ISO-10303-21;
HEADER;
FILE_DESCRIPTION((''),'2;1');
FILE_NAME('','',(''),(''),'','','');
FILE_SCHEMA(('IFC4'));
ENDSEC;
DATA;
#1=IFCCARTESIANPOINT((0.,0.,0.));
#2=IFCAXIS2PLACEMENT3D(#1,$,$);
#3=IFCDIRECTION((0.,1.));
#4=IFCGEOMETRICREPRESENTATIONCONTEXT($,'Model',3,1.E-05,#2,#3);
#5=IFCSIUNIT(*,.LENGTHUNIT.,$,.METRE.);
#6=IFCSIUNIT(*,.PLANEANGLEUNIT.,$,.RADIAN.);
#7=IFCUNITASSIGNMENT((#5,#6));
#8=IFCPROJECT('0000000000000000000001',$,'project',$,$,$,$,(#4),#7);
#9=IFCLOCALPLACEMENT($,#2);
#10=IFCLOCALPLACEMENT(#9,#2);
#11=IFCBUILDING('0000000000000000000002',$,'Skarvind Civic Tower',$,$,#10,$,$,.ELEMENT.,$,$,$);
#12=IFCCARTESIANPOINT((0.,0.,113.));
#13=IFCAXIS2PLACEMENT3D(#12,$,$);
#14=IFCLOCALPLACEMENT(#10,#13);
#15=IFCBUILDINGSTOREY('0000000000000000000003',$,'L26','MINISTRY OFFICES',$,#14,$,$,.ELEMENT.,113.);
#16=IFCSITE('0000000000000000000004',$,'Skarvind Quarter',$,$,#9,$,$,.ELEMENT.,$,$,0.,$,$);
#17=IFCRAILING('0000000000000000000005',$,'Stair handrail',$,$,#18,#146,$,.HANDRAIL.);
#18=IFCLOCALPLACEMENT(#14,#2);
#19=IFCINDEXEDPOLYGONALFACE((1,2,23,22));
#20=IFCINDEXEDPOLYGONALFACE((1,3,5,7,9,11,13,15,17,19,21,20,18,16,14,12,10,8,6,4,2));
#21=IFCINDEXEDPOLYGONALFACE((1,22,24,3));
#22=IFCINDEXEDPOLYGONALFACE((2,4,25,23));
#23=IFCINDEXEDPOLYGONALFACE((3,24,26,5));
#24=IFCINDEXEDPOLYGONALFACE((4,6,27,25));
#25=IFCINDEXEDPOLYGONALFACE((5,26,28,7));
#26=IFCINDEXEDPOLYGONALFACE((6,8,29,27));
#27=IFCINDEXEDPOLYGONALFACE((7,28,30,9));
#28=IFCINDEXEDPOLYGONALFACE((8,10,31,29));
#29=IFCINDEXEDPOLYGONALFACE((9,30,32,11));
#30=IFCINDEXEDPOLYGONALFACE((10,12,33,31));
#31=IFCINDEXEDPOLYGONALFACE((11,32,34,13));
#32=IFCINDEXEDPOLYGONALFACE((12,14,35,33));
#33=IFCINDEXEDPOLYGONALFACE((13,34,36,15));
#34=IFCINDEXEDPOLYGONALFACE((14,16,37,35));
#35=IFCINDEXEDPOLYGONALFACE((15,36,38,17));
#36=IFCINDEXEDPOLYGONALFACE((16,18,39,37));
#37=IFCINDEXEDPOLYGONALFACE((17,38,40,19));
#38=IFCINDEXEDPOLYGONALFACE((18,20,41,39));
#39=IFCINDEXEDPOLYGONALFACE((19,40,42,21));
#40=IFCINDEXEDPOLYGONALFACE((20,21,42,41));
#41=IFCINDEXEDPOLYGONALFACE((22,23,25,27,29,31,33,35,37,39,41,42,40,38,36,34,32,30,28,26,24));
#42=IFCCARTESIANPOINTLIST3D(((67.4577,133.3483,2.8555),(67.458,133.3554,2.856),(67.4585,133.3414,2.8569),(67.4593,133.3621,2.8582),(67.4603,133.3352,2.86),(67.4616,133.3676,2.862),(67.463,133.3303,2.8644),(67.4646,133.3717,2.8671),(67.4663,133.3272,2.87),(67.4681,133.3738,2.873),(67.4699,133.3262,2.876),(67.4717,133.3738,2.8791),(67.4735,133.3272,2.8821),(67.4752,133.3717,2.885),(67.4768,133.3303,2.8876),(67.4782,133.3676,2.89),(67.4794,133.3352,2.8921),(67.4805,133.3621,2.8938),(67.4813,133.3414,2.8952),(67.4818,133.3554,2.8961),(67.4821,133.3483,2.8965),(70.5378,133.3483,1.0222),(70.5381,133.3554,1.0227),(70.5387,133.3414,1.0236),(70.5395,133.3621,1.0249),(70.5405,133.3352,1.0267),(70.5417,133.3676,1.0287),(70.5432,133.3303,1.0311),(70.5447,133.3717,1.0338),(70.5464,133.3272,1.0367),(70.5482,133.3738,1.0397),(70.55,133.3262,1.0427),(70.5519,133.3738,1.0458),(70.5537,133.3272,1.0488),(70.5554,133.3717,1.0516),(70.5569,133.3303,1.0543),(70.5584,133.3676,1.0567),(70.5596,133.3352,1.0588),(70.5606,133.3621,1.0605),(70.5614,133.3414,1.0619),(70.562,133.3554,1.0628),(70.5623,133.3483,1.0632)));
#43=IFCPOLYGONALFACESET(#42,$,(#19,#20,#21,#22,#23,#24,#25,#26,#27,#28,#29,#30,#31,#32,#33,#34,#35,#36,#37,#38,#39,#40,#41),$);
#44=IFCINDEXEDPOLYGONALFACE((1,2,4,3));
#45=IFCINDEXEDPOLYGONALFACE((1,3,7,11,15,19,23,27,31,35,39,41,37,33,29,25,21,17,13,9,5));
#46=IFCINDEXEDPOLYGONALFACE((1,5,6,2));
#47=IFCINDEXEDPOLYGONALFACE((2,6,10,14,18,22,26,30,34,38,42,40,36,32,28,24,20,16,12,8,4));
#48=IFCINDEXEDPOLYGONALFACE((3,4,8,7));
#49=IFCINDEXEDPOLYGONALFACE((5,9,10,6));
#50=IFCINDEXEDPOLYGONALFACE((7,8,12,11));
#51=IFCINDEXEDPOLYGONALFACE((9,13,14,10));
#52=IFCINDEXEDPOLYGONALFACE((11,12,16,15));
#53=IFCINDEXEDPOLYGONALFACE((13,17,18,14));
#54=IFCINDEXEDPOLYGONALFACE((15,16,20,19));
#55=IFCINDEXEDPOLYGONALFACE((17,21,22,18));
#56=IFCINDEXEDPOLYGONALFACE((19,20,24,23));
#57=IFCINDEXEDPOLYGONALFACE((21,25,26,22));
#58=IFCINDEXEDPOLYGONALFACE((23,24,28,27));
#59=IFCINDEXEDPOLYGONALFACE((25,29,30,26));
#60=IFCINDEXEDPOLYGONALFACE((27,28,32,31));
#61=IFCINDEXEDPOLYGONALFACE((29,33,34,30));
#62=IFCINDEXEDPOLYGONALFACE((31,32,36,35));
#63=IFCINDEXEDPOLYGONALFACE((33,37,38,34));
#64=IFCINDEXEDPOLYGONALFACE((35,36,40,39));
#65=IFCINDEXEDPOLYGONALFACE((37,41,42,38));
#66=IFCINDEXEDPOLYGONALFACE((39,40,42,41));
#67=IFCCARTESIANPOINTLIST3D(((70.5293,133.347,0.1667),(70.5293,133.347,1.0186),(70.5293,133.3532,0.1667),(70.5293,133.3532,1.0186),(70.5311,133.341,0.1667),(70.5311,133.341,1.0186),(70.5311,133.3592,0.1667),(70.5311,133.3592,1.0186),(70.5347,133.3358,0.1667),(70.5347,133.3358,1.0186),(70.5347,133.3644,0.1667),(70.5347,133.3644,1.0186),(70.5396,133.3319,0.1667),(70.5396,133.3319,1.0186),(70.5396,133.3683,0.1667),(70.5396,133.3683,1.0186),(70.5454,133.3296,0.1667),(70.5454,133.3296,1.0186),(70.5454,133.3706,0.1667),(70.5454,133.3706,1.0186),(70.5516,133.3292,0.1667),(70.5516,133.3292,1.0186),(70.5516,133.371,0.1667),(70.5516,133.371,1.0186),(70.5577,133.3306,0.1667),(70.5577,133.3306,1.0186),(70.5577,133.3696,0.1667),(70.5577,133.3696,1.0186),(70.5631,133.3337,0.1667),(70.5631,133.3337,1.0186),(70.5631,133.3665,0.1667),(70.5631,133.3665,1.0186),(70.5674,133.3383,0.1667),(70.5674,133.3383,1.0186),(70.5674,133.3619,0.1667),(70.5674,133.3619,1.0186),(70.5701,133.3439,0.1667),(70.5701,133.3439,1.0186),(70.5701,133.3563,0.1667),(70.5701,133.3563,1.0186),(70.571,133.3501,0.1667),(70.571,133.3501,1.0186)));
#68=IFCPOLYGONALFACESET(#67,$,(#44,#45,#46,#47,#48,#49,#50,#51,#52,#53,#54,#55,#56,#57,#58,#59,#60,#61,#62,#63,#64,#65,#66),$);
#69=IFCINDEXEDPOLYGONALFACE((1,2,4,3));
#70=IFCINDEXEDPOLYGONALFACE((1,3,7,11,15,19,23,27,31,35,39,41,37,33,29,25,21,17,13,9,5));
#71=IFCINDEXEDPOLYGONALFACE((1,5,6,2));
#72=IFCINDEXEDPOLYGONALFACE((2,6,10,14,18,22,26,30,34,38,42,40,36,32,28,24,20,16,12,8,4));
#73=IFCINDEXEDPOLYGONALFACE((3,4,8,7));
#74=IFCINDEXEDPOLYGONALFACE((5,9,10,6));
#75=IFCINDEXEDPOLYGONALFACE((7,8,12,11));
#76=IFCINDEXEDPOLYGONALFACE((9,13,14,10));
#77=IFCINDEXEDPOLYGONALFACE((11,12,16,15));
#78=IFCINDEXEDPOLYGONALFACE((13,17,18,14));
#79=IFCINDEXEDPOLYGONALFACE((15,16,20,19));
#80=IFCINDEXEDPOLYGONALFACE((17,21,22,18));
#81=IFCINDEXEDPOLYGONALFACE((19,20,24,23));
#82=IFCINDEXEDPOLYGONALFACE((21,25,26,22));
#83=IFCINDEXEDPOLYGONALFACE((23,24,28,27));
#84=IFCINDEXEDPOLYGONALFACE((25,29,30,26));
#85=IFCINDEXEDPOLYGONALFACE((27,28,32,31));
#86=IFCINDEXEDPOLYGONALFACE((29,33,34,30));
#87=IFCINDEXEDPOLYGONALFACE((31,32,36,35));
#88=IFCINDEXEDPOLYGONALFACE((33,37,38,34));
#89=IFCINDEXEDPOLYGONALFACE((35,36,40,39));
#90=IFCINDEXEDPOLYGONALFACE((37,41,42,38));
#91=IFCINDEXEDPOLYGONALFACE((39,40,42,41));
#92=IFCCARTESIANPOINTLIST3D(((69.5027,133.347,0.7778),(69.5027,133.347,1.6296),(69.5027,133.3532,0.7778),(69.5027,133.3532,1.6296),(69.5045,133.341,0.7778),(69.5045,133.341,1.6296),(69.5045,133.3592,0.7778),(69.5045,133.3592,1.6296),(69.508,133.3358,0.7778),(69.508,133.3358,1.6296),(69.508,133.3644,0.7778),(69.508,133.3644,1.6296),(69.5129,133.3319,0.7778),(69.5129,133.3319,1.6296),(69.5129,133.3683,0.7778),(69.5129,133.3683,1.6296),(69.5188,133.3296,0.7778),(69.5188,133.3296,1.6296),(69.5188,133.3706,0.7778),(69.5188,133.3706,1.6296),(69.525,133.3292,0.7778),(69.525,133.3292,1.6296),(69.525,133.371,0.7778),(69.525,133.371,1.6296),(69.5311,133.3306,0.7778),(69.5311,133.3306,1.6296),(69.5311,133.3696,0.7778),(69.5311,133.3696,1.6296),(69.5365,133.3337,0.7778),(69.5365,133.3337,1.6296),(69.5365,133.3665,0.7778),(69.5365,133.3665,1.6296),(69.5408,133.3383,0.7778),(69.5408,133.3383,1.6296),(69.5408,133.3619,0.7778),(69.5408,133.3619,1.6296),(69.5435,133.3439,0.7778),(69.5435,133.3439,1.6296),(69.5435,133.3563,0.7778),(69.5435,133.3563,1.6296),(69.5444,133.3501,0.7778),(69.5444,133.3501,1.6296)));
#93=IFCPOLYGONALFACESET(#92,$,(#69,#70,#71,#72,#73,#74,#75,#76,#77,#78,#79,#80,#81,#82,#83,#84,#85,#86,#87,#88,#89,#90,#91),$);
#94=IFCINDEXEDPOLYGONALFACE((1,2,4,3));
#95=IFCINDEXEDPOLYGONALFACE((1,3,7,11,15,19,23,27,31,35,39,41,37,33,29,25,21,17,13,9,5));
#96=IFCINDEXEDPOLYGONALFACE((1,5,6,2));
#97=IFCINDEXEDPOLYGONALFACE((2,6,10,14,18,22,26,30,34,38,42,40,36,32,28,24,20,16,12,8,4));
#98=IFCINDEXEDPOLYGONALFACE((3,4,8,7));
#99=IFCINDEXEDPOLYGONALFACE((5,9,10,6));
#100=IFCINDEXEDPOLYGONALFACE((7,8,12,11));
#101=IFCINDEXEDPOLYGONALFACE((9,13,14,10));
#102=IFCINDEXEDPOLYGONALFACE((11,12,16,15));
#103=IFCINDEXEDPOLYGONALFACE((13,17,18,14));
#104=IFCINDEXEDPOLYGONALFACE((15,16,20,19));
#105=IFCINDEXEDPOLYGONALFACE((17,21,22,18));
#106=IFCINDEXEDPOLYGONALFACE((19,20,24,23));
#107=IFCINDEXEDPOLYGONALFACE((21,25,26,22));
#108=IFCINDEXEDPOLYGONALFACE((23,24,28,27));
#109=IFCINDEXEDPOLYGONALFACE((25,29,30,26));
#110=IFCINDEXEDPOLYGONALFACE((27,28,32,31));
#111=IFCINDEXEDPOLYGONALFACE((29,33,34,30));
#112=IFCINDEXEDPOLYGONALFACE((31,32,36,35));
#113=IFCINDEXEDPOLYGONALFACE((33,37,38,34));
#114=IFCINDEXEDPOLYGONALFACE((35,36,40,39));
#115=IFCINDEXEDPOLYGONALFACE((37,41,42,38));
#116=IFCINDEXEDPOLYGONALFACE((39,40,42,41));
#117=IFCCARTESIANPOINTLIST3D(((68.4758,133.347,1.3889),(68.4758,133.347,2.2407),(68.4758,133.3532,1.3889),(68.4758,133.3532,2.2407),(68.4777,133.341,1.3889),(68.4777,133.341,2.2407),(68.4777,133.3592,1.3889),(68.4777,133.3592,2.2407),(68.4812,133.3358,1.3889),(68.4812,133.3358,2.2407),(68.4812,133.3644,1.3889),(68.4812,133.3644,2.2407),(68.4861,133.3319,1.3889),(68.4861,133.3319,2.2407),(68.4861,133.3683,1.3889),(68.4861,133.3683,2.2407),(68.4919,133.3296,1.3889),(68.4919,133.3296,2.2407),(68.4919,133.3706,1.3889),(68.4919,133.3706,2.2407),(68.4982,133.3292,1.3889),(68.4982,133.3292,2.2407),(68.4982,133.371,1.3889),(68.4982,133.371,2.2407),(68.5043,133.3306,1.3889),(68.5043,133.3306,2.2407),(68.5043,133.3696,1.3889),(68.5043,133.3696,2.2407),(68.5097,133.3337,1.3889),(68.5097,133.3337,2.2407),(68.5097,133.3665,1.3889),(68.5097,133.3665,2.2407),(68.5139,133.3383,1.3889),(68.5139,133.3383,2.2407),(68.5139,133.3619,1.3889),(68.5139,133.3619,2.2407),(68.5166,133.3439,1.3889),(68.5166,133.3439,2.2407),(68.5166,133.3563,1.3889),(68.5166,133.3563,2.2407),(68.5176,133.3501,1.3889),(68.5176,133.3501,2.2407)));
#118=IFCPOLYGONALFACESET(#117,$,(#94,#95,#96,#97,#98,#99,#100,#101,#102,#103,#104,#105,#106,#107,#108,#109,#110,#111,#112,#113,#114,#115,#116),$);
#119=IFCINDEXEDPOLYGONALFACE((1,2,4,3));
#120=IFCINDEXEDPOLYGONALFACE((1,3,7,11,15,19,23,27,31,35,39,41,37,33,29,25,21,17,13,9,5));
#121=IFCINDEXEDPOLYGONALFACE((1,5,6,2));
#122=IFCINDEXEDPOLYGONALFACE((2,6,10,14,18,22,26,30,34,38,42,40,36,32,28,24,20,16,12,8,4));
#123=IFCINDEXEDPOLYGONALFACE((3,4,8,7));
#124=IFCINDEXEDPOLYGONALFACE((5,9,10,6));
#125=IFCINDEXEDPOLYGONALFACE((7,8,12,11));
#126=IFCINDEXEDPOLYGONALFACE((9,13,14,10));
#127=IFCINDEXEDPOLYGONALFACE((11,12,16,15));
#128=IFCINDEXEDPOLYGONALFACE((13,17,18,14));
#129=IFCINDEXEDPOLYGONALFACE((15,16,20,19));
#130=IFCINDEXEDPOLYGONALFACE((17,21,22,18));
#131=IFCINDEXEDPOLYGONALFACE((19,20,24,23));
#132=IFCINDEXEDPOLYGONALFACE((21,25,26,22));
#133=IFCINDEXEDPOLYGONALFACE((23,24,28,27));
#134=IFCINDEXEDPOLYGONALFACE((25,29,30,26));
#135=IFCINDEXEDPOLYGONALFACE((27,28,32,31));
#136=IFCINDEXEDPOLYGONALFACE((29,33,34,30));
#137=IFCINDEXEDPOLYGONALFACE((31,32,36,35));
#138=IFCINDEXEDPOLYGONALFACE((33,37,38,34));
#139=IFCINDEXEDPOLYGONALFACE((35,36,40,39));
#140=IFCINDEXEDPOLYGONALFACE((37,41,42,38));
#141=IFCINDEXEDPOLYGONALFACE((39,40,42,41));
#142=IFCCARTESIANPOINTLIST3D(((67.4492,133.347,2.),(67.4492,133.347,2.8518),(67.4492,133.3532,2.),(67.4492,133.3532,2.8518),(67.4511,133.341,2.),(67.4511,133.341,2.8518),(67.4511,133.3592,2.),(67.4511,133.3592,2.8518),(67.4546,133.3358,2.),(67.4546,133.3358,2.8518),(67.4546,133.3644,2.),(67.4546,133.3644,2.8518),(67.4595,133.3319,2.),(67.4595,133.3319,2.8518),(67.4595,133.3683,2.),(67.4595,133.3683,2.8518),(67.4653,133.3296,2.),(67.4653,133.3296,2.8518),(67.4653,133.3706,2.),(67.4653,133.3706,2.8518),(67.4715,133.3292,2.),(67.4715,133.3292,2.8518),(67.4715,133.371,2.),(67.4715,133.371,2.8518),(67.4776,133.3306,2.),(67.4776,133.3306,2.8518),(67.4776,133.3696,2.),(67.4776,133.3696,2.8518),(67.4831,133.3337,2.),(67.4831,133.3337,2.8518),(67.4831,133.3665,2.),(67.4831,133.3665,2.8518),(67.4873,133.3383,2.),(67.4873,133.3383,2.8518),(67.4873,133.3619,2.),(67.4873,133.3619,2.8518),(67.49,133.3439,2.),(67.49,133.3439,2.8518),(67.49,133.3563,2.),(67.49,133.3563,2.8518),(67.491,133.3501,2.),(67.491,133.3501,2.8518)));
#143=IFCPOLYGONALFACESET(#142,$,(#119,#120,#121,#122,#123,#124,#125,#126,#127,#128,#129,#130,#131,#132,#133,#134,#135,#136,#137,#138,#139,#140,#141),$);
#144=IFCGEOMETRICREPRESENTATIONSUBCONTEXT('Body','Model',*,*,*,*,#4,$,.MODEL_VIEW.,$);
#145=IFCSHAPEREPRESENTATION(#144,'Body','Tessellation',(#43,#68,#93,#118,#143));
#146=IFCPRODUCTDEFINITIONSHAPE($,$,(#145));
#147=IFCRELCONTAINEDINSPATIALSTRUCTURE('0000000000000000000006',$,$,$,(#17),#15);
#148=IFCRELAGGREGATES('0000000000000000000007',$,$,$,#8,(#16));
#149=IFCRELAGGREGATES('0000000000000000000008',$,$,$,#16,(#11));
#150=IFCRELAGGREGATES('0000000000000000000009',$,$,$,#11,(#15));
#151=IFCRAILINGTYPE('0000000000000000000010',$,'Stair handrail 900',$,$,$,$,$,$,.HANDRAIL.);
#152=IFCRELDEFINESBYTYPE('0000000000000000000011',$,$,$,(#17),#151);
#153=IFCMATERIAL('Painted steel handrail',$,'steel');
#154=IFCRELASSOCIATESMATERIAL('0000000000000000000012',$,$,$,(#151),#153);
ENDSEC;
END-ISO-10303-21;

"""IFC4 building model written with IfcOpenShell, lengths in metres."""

from ifc_helpers import new_model, si_unit, direction, frame, origin, origin_2d, place, context, subcontext, project, spatial, circle, extrude, material, type_object, element, save


model = new_model("IFC4")

# Units and contexts
model_context = context("Model", 3, precision=1e-05, world=origin(), true_north=direction((0.0, 1.0)))
body_context = subcontext(model_context, "Body", "Model", "MODEL_VIEW")
ifc_project = project(units=[si_unit("LENGTHUNIT", "METRE"), si_unit("PLANEANGLEUNIT", "RADIAN")], contexts=[model_context])

# Site, building, storey
site_placement = place(None, origin())
site = spatial("IfcSite", under=ifc_project, at=site_placement, Name="Skarvind Quarter", CompositionType="ELEMENT", RefElevation=0.0)
building_placement = place(site_placement, origin())
building = spatial("IfcBuilding", under=site, at=building_placement, Name="Skarvind Civic Tower", CompositionType="ELEMENT")
storey_placement = place(building_placement, frame((0.0, 0.0, 113.0)))
storey = spatial("IfcBuildingStorey", under=building, at=storey_placement, Name="L26", Description="MINISTRY OFFICES", CompositionType="ELEMENT", Elevation=113.0)

# Railing
ifc_material_1 = material(Name="Painted steel handrail", Category="steel")
railing_type = type_object("IfcRailingType", Name="Stair handrail 900", PredefinedType="HANDRAIL", material=ifc_material_1)
railing_1_placement = place(storey_placement, frame((70.55, 133.3501, 0.1667)))
element("IfcRailing", 1, at=railing_1_placement, inside=storey, type_object=railing_type, Name="Stair handrail", PredefinedType="HANDRAIL", context=body_context, shape_type="SweptSolid", body=[
    extrude(circle(Radius=0.0239, at=origin_2d()), frame((0.0, 0.0, 0.876), z_axis=(-0.859309, 0.0, 0.511458), x_axis=(0.0, -1.0, 0.0)), (0.0, 0.0, 1.0), 3.5845),
    extrude(circle(Radius=0.021, at=origin_2d()), origin(), (0.0, 0.0, 1.0), 0.8518),
    extrude(circle(Radius=0.021, at=origin_2d()), frame((-1.0266, 0.0, 0.6111)), (0.0, 0.0, 1.0), 0.8518),
    extrude(circle(Radius=0.021, at=origin_2d()), frame((-2.0535, 0.0, 1.2222)), (0.0, 0.0, 1.0), 0.8518),
    extrude(circle(Radius=0.021, at=origin_2d()), frame((-3.0801, 0.0, 1.8333)), (0.0, 0.0, 1.0), 0.8518),
])

save(model, "model.ifc")
